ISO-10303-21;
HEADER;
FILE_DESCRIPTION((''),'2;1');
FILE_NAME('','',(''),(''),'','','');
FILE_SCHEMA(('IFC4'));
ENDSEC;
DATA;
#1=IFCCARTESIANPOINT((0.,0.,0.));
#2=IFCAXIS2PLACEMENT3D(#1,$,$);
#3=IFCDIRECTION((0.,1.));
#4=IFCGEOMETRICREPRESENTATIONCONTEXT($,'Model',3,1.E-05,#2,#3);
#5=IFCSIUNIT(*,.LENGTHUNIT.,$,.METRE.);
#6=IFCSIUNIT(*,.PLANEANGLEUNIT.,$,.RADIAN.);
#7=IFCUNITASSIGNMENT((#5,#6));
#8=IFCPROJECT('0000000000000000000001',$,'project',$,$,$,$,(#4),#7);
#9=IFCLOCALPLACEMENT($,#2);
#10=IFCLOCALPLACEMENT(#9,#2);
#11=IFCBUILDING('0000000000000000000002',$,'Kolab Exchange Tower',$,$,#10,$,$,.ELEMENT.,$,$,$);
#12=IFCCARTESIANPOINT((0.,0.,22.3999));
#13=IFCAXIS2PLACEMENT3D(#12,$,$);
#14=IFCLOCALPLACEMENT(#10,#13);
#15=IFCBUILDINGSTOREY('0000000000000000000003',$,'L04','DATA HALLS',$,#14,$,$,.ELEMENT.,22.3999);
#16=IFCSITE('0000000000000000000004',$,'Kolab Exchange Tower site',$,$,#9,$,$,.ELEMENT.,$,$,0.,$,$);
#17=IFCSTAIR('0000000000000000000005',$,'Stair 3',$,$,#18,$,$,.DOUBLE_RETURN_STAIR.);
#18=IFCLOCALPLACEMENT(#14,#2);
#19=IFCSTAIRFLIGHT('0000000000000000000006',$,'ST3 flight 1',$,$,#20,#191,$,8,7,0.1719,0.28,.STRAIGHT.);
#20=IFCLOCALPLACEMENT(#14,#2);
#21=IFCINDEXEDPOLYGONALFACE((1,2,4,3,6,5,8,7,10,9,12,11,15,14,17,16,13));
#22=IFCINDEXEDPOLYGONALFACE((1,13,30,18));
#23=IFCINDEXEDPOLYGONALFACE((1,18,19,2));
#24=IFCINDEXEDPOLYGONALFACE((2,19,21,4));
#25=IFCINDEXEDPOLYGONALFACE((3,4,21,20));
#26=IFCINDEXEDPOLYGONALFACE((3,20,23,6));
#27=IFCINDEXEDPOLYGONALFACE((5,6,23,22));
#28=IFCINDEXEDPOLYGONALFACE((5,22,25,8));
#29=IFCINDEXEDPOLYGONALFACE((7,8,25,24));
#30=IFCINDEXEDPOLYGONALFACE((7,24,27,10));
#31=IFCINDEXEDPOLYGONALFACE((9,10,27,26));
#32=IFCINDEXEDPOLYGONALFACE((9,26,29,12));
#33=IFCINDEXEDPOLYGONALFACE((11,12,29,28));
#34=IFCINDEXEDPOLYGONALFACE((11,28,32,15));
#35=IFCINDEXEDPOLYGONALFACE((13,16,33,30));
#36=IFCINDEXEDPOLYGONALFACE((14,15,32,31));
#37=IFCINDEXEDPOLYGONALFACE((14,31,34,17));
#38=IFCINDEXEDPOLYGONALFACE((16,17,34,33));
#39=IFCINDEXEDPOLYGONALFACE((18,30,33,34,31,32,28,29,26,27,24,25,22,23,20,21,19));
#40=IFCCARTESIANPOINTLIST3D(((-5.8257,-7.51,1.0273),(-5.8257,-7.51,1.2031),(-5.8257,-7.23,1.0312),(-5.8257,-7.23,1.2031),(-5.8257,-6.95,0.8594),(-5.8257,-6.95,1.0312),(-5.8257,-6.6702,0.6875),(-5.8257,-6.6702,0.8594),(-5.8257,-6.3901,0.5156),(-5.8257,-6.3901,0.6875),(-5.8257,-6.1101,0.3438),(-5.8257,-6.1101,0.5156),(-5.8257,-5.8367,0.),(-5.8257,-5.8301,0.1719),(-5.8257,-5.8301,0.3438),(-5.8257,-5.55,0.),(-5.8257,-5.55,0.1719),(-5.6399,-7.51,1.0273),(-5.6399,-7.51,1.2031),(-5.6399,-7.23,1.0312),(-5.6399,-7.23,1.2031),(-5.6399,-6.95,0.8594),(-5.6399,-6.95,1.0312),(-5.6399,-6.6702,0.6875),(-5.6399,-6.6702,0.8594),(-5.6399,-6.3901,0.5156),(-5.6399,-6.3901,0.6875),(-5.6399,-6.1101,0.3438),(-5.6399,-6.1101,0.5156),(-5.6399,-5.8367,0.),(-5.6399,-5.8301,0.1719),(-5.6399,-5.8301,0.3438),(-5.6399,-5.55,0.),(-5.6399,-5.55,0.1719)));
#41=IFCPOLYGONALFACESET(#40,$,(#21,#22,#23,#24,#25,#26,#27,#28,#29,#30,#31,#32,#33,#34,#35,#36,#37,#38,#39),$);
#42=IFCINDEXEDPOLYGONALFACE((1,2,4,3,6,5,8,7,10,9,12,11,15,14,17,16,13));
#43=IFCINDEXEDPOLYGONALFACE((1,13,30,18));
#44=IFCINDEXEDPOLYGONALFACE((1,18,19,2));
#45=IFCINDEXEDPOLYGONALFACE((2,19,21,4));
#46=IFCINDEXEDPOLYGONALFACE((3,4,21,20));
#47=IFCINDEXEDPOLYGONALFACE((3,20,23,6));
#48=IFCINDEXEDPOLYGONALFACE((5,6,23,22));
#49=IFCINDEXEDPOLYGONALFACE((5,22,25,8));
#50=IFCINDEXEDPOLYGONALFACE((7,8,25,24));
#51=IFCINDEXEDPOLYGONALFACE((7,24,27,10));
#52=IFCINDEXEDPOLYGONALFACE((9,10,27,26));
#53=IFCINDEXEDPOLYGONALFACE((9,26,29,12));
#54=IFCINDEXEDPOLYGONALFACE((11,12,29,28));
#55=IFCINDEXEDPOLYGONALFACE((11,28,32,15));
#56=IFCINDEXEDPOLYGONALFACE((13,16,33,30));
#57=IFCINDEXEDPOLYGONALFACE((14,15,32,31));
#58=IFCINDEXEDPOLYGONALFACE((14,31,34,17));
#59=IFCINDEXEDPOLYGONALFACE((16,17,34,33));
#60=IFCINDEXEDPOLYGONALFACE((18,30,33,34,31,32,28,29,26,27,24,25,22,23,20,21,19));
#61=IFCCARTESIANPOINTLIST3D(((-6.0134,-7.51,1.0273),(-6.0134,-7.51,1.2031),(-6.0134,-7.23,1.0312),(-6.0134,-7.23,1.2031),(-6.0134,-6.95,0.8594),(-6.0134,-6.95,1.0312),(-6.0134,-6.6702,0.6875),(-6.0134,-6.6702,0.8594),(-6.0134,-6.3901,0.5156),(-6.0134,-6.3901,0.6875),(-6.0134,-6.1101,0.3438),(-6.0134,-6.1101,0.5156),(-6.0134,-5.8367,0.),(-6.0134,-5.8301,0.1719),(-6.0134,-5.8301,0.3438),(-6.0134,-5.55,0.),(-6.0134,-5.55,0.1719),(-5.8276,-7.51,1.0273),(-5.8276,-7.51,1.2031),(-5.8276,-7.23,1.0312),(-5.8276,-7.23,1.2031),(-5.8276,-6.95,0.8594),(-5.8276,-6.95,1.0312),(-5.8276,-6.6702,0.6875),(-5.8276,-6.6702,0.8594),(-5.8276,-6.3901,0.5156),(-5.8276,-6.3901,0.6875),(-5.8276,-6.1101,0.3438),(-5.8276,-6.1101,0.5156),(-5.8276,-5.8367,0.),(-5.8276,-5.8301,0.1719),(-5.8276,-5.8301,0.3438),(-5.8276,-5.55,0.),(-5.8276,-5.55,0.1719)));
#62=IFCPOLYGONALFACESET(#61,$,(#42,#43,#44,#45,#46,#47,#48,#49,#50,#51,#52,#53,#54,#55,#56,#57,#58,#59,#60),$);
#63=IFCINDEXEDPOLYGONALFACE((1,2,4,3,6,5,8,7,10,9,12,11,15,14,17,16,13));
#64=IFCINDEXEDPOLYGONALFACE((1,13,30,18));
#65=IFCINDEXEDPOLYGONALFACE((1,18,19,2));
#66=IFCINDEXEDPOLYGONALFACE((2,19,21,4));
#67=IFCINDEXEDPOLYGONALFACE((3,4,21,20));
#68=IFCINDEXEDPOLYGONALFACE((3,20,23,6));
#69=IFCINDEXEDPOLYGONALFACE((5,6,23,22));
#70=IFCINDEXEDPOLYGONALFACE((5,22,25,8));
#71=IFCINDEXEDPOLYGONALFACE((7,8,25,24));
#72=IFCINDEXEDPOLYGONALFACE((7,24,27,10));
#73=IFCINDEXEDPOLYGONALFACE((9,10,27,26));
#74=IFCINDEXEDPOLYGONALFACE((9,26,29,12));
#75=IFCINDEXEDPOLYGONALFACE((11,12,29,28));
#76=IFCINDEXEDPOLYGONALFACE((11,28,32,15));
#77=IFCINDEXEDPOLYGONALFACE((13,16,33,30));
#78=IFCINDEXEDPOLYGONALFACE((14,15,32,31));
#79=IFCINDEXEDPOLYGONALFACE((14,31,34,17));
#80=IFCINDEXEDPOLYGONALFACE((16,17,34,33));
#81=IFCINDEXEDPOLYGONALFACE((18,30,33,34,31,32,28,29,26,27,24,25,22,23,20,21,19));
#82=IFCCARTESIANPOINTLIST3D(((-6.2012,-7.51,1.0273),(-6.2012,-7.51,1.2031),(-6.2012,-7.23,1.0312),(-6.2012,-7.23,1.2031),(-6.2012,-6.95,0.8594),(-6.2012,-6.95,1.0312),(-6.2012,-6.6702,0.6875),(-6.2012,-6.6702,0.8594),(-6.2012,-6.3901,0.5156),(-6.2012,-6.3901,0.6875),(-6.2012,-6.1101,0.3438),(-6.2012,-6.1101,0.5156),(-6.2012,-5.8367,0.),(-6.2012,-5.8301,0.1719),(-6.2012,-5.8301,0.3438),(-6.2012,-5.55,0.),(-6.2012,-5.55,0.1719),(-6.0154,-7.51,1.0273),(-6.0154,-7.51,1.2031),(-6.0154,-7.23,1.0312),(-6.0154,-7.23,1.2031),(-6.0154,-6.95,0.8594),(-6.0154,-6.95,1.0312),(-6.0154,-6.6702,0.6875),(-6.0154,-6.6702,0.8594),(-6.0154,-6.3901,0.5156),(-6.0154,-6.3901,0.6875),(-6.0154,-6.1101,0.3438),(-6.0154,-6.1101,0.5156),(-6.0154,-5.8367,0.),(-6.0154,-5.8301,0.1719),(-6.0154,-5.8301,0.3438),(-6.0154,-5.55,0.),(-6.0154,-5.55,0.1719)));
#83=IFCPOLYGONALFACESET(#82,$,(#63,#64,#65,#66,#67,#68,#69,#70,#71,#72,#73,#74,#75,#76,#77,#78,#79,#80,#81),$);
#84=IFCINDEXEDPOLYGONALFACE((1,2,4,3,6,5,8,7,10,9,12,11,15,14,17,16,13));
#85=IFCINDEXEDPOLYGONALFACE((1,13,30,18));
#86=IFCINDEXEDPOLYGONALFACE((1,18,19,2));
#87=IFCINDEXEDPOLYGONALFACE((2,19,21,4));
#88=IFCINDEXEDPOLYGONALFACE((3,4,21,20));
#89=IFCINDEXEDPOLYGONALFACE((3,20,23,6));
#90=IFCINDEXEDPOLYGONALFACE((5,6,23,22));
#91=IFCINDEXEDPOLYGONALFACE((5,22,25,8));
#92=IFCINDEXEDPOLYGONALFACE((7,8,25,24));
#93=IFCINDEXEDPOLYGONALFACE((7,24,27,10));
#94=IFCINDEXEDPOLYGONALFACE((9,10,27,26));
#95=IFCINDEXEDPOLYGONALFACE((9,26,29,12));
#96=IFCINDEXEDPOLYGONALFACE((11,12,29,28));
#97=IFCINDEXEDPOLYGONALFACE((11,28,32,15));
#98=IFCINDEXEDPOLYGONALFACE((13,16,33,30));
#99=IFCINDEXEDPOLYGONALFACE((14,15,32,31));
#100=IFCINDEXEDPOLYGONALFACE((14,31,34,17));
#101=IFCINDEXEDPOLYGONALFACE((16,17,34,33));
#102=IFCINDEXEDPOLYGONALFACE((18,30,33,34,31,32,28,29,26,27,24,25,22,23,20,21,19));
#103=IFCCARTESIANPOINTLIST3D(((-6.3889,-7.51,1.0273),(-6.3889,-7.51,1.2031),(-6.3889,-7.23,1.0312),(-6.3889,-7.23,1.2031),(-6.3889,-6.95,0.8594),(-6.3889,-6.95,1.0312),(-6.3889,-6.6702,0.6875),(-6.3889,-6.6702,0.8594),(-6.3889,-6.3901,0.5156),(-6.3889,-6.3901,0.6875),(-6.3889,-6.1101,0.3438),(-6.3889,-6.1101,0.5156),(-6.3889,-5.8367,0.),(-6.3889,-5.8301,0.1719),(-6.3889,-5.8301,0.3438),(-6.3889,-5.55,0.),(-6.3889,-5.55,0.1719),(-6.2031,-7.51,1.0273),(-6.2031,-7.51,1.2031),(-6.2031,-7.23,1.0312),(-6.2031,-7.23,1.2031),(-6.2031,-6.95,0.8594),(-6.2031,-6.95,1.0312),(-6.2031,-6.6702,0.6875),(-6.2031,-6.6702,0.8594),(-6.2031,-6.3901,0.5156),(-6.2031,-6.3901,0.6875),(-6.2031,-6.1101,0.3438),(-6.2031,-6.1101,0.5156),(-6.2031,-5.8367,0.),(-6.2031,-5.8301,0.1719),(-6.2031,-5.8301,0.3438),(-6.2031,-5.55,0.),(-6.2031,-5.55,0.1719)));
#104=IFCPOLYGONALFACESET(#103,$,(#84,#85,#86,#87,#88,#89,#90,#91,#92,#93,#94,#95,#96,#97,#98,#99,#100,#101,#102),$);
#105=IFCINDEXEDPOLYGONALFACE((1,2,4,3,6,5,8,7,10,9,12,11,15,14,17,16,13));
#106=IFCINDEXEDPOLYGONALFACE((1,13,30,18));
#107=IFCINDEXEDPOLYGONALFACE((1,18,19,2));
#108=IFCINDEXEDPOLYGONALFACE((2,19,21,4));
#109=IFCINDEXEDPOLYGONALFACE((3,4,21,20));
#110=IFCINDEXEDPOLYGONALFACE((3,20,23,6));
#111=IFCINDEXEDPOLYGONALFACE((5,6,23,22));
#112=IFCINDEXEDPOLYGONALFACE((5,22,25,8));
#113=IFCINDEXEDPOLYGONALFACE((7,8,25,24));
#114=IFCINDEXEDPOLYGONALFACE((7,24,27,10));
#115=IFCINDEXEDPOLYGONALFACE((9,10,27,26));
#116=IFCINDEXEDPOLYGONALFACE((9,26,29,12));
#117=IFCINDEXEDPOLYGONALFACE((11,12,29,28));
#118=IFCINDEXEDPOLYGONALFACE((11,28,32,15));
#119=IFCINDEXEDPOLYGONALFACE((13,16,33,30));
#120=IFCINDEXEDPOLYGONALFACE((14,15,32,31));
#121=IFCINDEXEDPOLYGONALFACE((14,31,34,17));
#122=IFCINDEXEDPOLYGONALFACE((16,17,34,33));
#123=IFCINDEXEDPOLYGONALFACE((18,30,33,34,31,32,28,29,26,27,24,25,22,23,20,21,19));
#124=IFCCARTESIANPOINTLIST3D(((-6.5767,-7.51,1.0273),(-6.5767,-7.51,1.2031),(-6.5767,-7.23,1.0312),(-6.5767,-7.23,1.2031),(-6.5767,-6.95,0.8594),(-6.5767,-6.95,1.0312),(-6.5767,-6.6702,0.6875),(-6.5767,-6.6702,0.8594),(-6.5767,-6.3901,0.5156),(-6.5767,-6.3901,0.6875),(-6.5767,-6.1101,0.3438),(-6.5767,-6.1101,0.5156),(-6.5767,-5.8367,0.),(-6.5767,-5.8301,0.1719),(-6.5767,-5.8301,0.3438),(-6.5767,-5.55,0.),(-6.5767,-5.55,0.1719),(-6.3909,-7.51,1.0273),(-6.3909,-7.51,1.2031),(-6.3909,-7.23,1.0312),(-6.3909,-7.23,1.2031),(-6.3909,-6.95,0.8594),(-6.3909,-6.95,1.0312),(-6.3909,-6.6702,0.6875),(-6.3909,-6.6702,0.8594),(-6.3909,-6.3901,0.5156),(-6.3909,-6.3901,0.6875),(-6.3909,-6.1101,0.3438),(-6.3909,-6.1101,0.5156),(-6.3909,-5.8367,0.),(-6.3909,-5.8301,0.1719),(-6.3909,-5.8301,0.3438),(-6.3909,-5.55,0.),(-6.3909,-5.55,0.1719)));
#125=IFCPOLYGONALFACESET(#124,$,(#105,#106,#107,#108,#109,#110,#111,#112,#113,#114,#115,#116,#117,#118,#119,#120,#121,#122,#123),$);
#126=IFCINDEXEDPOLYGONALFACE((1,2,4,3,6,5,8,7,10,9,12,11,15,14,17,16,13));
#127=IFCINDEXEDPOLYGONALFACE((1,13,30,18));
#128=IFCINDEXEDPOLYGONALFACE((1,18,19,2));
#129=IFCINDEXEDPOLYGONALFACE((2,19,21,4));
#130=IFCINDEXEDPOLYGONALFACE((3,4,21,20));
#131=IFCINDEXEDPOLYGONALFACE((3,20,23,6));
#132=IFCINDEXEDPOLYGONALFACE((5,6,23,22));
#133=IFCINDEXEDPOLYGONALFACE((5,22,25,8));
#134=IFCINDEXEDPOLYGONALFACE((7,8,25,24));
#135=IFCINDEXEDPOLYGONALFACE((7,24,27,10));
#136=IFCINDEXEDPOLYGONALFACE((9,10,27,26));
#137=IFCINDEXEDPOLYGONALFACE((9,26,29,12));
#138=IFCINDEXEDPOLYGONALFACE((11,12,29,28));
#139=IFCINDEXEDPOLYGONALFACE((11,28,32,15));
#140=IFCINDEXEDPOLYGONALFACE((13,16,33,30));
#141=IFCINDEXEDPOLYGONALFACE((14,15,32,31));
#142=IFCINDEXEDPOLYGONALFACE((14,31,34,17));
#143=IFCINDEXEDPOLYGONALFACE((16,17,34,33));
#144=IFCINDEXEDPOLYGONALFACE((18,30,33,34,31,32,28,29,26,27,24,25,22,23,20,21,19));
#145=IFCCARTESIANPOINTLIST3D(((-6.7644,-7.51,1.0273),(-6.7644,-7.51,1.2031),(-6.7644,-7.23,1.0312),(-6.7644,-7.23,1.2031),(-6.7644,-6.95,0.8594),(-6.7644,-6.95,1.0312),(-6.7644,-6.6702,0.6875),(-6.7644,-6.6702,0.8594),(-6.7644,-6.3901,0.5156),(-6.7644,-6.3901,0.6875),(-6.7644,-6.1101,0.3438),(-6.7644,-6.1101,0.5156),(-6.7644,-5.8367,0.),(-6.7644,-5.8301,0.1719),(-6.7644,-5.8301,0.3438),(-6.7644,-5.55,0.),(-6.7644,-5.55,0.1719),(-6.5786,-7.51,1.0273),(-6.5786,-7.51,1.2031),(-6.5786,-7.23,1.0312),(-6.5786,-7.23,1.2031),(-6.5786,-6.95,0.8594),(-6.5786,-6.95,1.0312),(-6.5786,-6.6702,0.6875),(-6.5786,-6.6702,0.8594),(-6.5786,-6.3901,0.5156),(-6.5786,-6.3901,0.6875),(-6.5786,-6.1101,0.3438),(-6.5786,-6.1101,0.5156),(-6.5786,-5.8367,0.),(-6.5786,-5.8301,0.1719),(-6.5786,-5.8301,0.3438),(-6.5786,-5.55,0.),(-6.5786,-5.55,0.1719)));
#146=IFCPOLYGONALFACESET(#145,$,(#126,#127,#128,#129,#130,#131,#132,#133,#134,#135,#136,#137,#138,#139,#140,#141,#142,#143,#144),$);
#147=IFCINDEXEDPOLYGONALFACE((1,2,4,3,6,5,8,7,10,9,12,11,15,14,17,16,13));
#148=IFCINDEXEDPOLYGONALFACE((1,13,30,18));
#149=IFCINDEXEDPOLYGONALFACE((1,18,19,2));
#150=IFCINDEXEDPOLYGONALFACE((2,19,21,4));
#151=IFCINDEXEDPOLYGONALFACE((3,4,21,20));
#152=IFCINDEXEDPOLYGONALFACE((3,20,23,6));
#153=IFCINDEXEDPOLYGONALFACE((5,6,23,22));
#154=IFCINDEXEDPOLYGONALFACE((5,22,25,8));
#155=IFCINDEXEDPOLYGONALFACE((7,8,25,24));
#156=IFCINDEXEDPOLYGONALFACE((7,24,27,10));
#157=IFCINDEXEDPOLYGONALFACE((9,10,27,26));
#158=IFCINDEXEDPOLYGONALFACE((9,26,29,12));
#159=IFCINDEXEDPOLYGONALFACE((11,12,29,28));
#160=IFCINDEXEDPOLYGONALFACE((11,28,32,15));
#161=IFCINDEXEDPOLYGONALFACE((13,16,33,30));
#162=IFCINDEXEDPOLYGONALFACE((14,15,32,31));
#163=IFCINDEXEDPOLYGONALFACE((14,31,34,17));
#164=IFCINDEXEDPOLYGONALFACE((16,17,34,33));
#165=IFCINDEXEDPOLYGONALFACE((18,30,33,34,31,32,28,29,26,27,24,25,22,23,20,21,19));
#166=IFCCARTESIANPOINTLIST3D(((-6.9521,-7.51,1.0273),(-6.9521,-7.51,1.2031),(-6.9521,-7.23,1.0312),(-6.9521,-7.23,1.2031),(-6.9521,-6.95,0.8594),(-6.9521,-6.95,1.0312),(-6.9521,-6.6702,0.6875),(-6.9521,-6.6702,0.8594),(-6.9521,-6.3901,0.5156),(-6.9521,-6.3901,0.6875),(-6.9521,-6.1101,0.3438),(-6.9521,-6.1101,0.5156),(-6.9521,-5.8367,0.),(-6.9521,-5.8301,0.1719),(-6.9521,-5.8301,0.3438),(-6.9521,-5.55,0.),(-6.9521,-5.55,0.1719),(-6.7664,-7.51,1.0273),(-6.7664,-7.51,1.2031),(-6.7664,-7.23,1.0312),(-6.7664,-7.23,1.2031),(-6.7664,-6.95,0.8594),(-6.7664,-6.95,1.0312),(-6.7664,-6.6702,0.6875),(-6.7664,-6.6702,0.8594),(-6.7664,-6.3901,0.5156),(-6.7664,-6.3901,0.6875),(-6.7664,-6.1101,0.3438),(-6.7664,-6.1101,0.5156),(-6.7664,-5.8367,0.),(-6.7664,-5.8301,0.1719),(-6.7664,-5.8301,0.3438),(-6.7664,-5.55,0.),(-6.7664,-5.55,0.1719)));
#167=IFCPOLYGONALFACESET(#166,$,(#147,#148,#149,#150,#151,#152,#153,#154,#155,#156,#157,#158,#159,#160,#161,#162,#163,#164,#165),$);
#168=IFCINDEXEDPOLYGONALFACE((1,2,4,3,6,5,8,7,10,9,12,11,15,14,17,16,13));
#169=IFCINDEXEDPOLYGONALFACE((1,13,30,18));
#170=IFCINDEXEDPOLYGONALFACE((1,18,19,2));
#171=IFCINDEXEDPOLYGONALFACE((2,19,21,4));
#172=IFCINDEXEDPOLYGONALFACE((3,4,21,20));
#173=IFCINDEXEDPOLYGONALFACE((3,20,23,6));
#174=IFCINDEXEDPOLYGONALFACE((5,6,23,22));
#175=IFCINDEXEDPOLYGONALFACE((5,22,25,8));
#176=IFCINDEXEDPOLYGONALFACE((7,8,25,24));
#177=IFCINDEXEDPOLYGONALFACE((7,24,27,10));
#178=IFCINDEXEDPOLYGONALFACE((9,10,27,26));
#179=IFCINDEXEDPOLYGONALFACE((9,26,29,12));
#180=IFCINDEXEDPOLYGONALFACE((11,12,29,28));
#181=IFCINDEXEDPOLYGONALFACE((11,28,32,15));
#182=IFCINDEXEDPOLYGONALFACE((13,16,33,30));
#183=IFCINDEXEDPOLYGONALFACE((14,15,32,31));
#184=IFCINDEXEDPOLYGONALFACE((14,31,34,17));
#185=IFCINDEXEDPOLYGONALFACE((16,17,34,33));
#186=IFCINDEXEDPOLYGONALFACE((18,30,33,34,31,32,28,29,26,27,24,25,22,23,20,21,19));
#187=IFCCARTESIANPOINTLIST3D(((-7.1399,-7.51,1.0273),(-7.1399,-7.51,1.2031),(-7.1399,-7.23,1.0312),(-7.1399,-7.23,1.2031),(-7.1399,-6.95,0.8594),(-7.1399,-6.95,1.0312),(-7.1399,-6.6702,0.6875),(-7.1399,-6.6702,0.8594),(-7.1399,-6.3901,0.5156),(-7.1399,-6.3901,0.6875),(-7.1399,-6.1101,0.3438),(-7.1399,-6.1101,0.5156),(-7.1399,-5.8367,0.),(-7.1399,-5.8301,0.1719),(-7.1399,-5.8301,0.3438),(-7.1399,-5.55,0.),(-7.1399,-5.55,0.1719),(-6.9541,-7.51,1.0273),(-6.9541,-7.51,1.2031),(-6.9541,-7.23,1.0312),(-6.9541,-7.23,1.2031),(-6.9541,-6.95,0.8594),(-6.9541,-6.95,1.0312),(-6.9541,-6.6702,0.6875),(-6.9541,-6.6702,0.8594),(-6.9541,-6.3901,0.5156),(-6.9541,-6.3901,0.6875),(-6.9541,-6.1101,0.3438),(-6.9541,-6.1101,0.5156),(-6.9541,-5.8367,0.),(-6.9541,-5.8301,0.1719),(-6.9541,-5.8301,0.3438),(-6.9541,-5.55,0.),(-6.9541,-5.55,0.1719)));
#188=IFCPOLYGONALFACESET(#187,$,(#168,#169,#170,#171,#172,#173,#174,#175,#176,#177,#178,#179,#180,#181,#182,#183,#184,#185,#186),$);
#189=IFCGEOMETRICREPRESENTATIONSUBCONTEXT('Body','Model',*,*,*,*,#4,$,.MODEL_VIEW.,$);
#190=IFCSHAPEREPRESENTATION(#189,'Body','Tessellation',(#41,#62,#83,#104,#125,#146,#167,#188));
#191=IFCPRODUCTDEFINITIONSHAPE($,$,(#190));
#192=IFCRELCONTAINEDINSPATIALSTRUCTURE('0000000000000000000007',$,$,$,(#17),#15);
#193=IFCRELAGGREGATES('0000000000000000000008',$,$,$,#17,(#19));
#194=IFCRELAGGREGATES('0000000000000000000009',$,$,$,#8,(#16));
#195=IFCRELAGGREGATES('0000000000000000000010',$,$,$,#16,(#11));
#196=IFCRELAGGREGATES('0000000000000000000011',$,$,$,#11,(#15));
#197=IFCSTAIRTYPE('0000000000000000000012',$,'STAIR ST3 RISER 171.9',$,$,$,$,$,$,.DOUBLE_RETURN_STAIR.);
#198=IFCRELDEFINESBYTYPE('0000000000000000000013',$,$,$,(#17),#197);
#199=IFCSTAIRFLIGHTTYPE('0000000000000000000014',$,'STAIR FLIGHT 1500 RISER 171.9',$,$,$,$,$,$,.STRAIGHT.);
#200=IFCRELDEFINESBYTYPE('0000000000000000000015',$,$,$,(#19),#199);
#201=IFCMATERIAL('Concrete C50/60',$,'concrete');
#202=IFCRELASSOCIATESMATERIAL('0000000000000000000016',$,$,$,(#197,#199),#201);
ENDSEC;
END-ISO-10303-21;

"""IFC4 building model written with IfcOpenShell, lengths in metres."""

from ifc_helpers import new_model, si_unit, direction, frame, origin, place, context, subcontext, project, spatial, polyline, outline, extrude, material, type_object, element, aggregate, save


model = new_model("IFC4")

# Units and contexts
model_context = context("Model", 3, precision=1e-05, world=origin(), true_north=direction((0.0, 1.0)))
body_context = subcontext(model_context, "Body", "Model", "MODEL_VIEW")
ifc_project = project(units=[si_unit("LENGTHUNIT", "METRE"), si_unit("PLANEANGLEUNIT", "RADIAN")], contexts=[model_context])

# Site, building, storey
site_placement = place(None, origin())
site = spatial("IfcSite", under=ifc_project, at=site_placement, Name="Kolab Exchange Tower site", CompositionType="ELEMENT", RefElevation=0.0)
building_placement = place(site_placement, origin())
building = spatial("IfcBuilding", under=site, at=building_placement, Name="Kolab Exchange Tower", CompositionType="ELEMENT")
storey_placement = place(building_placement, frame((0.0, 0.0, 22.3999)))
storey = spatial("IfcBuildingStorey", under=building, at=storey_placement, Name="L04", Description="DATA HALLS", CompositionType="ELEMENT", Elevation=22.3999)

# Shared definitions
ifc_material_1 = material(Name="Concrete C50/60", Category="concrete")

# Stair, stair flight
stair_type = type_object("IfcStairType", Name="STAIR ST3 RISER 171.9", PredefinedType="DOUBLE_RETURN_STAIR", material=ifc_material_1)
stair_placement = place(storey_placement, origin())
stair = element("IfcStair", 1, at=stair_placement, inside=storey, type_object=stair_type, Name="Stair 3", PredefinedType="DOUBLE_RETURN_STAIR")
stair_flight_type = type_object("IfcStairFlightType", Name="STAIR FLIGHT 1500 RISER 171.9", PredefinedType="STRAIGHT", material=ifc_material_1)
stair_flight_1_placement = place(storey_placement, frame((-6.3899, -5.55, 0.0), z_axis=(0.0, 0.0, 1.0), x_axis=(0.0, -1.0, 0.0)))
stair_flight_1 = element("IfcStairFlight", 2, at=stair_flight_1_placement, type_object=stair_flight_type, Name="ST3 flight 1", NumberOfRisers=8, NumberOfTreads=7, PredefinedType="STRAIGHT", RiserHeight=0.1719, TreadLength=0.28, context=body_context, shape_type="SweptSolid", body=[
    extrude(outline(polyline([(0.0, 0.0), (0.0, 0.1719), (0.28, 0.1719), (0.28, 0.3438), (0.5601, 0.3438), (0.5601, 0.5156), (0.8401, 0.5156), (0.8401, 0.6875), (1.1201, 0.6875), (1.1201, 0.8594), (1.3999, 0.8594), (1.3999, 1.0312), (1.6799, 1.0312), (1.6799, 1.2031), (1.96, 1.2031), (1.96, 1.375), (1.96, 1.0273), (0.2866, 0.0), (0.0, 0.0)])), frame((0.0, 0.75, 0.0), z_axis=(0.0, -1.0, 0.0), x_axis=(1.0, 0.0, 0.0)), (0.0, 0.0, 1.0), 0.1858),
    extrude(outline(polyline([(0.0, 0.0), (0.0, 0.1719), (0.28, 0.1719), (0.28, 0.3438), (0.5601, 0.3438), (0.5601, 0.5156), (0.8401, 0.5156), (0.8401, 0.6875), (1.1201, 0.6875), (1.1201, 0.8594), (1.3999, 0.8594), (1.3999, 1.0312), (1.6799, 1.0312), (1.6799, 1.2031), (1.96, 1.2031), (1.96, 1.375), (1.96, 1.0273), (0.2866, 0.0), (0.0, 0.0)])), frame((0.0, 0.5623, 0.0), z_axis=(0.0, -1.0, 0.0), x_axis=(1.0, 0.0, 0.0)), (0.0, 0.0, 1.0), 0.1858),
    extrude(outline(polyline([(0.0, 0.0), (0.0, 0.1719), (0.28, 0.1719), (0.28, 0.3438), (0.5601, 0.3438), (0.5601, 0.5156), (0.8401, 0.5156), (0.8401, 0.6875), (1.1201, 0.6875), (1.1201, 0.8594), (1.3999, 0.8594), (1.3999, 1.0312), (1.6799, 1.0312), (1.6799, 1.2031), (1.96, 1.2031), (1.96, 1.375), (1.96, 1.0273), (0.2866, 0.0), (0.0, 0.0)])), frame((0.0, 0.3745, 0.0), z_axis=(0.0, -1.0, 0.0), x_axis=(1.0, 0.0, 0.0)), (0.0, 0.0, 1.0), 0.1858),
    extrude(outline(polyline([(0.0, 0.0), (0.0, 0.1719), (0.28, 0.1719), (0.28, 0.3438), (0.5601, 0.3438), (0.5601, 0.5156), (0.8401, 0.5156), (0.8401, 0.6875), (1.1201, 0.6875), (1.1201, 0.8594), (1.3999, 0.8594), (1.3999, 1.0312), (1.6799, 1.0312), (1.6799, 1.2031), (1.96, 1.2031), (1.96, 1.375), (1.96, 1.0273), (0.2866, 0.0), (0.0, 0.0)])), frame((0.0, 0.1868, 0.0), z_axis=(0.0, -1.0, 0.0), x_axis=(1.0, 0.0, 0.0)), (0.0, 0.0, 1.0), 0.1858),
    extrude(outline(polyline([(0.0, 0.0), (0.0, 0.1719), (0.28, 0.1719), (0.28, 0.3438), (0.5601, 0.3438), (0.5601, 0.5156), (0.8401, 0.5156), (0.8401, 0.6875), (1.1201, 0.6875), (1.1201, 0.8594), (1.3999, 0.8594), (1.3999, 1.0312), (1.6799, 1.0312), (1.6799, 1.2031), (1.96, 1.2031), (1.96, 1.375), (1.96, 1.0273), (0.2866, 0.0), (0.0, 0.0)])), frame((0.0, -0.001, 0.0), z_axis=(0.0, -1.0, 0.0), x_axis=(1.0, 0.0, 0.0)), (0.0, 0.0, 1.0), 0.1858),
    extrude(outline(polyline([(0.0, 0.0), (0.0, 0.1719), (0.28, 0.1719), (0.28, 0.3438), (0.5601, 0.3438), (0.5601, 0.5156), (0.8401, 0.5156), (0.8401, 0.6875), (1.1201, 0.6875), (1.1201, 0.8594), (1.3999, 0.8594), (1.3999, 1.0312), (1.6799, 1.0312), (1.6799, 1.2031), (1.96, 1.2031), (1.96, 1.375), (1.96, 1.0273), (0.2866, 0.0), (0.0, 0.0)])), frame((0.0, -0.1887, 0.0), z_axis=(0.0, -1.0, 0.0), x_axis=(1.0, 0.0, 0.0)), (0.0, 0.0, 1.0), 0.1858),
    extrude(outline(polyline([(0.0, 0.0), (0.0, 0.1719), (0.28, 0.1719), (0.28, 0.3438), (0.5601, 0.3438), (0.5601, 0.5156), (0.8401, 0.5156), (0.8401, 0.6875), (1.1201, 0.6875), (1.1201, 0.8594), (1.3999, 0.8594), (1.3999, 1.0312), (1.6799, 1.0312), (1.6799, 1.2031), (1.96, 1.2031), (1.96, 1.375), (1.96, 1.0273), (0.2866, 0.0), (0.0, 0.0)])), frame((0.0, -0.3765, 0.0), z_axis=(0.0, -1.0, 0.0), x_axis=(1.0, 0.0, 0.0)), (0.0, 0.0, 1.0), 0.1858),
    extrude(outline(polyline([(0.0, 0.0), (0.0, 0.1719), (0.28, 0.1719), (0.28, 0.3438), (0.5601, 0.3438), (0.5601, 0.5156), (0.8401, 0.5156), (0.8401, 0.6875), (1.1201, 0.6875), (1.1201, 0.8594), (1.3999, 0.8594), (1.3999, 1.0312), (1.6799, 1.0312), (1.6799, 1.2031), (1.96, 1.2031), (1.96, 1.375), (1.96, 1.0273), (0.2866, 0.0), (0.0, 0.0)])), frame((0.0, -0.5642, 0.0), z_axis=(0.0, -1.0, 0.0), x_axis=(1.0, 0.0, 0.0)), (0.0, 0.0, 1.0), 0.1858),
])
aggregate(stair, [stair_flight_1])

save(model, "model.ifc")
